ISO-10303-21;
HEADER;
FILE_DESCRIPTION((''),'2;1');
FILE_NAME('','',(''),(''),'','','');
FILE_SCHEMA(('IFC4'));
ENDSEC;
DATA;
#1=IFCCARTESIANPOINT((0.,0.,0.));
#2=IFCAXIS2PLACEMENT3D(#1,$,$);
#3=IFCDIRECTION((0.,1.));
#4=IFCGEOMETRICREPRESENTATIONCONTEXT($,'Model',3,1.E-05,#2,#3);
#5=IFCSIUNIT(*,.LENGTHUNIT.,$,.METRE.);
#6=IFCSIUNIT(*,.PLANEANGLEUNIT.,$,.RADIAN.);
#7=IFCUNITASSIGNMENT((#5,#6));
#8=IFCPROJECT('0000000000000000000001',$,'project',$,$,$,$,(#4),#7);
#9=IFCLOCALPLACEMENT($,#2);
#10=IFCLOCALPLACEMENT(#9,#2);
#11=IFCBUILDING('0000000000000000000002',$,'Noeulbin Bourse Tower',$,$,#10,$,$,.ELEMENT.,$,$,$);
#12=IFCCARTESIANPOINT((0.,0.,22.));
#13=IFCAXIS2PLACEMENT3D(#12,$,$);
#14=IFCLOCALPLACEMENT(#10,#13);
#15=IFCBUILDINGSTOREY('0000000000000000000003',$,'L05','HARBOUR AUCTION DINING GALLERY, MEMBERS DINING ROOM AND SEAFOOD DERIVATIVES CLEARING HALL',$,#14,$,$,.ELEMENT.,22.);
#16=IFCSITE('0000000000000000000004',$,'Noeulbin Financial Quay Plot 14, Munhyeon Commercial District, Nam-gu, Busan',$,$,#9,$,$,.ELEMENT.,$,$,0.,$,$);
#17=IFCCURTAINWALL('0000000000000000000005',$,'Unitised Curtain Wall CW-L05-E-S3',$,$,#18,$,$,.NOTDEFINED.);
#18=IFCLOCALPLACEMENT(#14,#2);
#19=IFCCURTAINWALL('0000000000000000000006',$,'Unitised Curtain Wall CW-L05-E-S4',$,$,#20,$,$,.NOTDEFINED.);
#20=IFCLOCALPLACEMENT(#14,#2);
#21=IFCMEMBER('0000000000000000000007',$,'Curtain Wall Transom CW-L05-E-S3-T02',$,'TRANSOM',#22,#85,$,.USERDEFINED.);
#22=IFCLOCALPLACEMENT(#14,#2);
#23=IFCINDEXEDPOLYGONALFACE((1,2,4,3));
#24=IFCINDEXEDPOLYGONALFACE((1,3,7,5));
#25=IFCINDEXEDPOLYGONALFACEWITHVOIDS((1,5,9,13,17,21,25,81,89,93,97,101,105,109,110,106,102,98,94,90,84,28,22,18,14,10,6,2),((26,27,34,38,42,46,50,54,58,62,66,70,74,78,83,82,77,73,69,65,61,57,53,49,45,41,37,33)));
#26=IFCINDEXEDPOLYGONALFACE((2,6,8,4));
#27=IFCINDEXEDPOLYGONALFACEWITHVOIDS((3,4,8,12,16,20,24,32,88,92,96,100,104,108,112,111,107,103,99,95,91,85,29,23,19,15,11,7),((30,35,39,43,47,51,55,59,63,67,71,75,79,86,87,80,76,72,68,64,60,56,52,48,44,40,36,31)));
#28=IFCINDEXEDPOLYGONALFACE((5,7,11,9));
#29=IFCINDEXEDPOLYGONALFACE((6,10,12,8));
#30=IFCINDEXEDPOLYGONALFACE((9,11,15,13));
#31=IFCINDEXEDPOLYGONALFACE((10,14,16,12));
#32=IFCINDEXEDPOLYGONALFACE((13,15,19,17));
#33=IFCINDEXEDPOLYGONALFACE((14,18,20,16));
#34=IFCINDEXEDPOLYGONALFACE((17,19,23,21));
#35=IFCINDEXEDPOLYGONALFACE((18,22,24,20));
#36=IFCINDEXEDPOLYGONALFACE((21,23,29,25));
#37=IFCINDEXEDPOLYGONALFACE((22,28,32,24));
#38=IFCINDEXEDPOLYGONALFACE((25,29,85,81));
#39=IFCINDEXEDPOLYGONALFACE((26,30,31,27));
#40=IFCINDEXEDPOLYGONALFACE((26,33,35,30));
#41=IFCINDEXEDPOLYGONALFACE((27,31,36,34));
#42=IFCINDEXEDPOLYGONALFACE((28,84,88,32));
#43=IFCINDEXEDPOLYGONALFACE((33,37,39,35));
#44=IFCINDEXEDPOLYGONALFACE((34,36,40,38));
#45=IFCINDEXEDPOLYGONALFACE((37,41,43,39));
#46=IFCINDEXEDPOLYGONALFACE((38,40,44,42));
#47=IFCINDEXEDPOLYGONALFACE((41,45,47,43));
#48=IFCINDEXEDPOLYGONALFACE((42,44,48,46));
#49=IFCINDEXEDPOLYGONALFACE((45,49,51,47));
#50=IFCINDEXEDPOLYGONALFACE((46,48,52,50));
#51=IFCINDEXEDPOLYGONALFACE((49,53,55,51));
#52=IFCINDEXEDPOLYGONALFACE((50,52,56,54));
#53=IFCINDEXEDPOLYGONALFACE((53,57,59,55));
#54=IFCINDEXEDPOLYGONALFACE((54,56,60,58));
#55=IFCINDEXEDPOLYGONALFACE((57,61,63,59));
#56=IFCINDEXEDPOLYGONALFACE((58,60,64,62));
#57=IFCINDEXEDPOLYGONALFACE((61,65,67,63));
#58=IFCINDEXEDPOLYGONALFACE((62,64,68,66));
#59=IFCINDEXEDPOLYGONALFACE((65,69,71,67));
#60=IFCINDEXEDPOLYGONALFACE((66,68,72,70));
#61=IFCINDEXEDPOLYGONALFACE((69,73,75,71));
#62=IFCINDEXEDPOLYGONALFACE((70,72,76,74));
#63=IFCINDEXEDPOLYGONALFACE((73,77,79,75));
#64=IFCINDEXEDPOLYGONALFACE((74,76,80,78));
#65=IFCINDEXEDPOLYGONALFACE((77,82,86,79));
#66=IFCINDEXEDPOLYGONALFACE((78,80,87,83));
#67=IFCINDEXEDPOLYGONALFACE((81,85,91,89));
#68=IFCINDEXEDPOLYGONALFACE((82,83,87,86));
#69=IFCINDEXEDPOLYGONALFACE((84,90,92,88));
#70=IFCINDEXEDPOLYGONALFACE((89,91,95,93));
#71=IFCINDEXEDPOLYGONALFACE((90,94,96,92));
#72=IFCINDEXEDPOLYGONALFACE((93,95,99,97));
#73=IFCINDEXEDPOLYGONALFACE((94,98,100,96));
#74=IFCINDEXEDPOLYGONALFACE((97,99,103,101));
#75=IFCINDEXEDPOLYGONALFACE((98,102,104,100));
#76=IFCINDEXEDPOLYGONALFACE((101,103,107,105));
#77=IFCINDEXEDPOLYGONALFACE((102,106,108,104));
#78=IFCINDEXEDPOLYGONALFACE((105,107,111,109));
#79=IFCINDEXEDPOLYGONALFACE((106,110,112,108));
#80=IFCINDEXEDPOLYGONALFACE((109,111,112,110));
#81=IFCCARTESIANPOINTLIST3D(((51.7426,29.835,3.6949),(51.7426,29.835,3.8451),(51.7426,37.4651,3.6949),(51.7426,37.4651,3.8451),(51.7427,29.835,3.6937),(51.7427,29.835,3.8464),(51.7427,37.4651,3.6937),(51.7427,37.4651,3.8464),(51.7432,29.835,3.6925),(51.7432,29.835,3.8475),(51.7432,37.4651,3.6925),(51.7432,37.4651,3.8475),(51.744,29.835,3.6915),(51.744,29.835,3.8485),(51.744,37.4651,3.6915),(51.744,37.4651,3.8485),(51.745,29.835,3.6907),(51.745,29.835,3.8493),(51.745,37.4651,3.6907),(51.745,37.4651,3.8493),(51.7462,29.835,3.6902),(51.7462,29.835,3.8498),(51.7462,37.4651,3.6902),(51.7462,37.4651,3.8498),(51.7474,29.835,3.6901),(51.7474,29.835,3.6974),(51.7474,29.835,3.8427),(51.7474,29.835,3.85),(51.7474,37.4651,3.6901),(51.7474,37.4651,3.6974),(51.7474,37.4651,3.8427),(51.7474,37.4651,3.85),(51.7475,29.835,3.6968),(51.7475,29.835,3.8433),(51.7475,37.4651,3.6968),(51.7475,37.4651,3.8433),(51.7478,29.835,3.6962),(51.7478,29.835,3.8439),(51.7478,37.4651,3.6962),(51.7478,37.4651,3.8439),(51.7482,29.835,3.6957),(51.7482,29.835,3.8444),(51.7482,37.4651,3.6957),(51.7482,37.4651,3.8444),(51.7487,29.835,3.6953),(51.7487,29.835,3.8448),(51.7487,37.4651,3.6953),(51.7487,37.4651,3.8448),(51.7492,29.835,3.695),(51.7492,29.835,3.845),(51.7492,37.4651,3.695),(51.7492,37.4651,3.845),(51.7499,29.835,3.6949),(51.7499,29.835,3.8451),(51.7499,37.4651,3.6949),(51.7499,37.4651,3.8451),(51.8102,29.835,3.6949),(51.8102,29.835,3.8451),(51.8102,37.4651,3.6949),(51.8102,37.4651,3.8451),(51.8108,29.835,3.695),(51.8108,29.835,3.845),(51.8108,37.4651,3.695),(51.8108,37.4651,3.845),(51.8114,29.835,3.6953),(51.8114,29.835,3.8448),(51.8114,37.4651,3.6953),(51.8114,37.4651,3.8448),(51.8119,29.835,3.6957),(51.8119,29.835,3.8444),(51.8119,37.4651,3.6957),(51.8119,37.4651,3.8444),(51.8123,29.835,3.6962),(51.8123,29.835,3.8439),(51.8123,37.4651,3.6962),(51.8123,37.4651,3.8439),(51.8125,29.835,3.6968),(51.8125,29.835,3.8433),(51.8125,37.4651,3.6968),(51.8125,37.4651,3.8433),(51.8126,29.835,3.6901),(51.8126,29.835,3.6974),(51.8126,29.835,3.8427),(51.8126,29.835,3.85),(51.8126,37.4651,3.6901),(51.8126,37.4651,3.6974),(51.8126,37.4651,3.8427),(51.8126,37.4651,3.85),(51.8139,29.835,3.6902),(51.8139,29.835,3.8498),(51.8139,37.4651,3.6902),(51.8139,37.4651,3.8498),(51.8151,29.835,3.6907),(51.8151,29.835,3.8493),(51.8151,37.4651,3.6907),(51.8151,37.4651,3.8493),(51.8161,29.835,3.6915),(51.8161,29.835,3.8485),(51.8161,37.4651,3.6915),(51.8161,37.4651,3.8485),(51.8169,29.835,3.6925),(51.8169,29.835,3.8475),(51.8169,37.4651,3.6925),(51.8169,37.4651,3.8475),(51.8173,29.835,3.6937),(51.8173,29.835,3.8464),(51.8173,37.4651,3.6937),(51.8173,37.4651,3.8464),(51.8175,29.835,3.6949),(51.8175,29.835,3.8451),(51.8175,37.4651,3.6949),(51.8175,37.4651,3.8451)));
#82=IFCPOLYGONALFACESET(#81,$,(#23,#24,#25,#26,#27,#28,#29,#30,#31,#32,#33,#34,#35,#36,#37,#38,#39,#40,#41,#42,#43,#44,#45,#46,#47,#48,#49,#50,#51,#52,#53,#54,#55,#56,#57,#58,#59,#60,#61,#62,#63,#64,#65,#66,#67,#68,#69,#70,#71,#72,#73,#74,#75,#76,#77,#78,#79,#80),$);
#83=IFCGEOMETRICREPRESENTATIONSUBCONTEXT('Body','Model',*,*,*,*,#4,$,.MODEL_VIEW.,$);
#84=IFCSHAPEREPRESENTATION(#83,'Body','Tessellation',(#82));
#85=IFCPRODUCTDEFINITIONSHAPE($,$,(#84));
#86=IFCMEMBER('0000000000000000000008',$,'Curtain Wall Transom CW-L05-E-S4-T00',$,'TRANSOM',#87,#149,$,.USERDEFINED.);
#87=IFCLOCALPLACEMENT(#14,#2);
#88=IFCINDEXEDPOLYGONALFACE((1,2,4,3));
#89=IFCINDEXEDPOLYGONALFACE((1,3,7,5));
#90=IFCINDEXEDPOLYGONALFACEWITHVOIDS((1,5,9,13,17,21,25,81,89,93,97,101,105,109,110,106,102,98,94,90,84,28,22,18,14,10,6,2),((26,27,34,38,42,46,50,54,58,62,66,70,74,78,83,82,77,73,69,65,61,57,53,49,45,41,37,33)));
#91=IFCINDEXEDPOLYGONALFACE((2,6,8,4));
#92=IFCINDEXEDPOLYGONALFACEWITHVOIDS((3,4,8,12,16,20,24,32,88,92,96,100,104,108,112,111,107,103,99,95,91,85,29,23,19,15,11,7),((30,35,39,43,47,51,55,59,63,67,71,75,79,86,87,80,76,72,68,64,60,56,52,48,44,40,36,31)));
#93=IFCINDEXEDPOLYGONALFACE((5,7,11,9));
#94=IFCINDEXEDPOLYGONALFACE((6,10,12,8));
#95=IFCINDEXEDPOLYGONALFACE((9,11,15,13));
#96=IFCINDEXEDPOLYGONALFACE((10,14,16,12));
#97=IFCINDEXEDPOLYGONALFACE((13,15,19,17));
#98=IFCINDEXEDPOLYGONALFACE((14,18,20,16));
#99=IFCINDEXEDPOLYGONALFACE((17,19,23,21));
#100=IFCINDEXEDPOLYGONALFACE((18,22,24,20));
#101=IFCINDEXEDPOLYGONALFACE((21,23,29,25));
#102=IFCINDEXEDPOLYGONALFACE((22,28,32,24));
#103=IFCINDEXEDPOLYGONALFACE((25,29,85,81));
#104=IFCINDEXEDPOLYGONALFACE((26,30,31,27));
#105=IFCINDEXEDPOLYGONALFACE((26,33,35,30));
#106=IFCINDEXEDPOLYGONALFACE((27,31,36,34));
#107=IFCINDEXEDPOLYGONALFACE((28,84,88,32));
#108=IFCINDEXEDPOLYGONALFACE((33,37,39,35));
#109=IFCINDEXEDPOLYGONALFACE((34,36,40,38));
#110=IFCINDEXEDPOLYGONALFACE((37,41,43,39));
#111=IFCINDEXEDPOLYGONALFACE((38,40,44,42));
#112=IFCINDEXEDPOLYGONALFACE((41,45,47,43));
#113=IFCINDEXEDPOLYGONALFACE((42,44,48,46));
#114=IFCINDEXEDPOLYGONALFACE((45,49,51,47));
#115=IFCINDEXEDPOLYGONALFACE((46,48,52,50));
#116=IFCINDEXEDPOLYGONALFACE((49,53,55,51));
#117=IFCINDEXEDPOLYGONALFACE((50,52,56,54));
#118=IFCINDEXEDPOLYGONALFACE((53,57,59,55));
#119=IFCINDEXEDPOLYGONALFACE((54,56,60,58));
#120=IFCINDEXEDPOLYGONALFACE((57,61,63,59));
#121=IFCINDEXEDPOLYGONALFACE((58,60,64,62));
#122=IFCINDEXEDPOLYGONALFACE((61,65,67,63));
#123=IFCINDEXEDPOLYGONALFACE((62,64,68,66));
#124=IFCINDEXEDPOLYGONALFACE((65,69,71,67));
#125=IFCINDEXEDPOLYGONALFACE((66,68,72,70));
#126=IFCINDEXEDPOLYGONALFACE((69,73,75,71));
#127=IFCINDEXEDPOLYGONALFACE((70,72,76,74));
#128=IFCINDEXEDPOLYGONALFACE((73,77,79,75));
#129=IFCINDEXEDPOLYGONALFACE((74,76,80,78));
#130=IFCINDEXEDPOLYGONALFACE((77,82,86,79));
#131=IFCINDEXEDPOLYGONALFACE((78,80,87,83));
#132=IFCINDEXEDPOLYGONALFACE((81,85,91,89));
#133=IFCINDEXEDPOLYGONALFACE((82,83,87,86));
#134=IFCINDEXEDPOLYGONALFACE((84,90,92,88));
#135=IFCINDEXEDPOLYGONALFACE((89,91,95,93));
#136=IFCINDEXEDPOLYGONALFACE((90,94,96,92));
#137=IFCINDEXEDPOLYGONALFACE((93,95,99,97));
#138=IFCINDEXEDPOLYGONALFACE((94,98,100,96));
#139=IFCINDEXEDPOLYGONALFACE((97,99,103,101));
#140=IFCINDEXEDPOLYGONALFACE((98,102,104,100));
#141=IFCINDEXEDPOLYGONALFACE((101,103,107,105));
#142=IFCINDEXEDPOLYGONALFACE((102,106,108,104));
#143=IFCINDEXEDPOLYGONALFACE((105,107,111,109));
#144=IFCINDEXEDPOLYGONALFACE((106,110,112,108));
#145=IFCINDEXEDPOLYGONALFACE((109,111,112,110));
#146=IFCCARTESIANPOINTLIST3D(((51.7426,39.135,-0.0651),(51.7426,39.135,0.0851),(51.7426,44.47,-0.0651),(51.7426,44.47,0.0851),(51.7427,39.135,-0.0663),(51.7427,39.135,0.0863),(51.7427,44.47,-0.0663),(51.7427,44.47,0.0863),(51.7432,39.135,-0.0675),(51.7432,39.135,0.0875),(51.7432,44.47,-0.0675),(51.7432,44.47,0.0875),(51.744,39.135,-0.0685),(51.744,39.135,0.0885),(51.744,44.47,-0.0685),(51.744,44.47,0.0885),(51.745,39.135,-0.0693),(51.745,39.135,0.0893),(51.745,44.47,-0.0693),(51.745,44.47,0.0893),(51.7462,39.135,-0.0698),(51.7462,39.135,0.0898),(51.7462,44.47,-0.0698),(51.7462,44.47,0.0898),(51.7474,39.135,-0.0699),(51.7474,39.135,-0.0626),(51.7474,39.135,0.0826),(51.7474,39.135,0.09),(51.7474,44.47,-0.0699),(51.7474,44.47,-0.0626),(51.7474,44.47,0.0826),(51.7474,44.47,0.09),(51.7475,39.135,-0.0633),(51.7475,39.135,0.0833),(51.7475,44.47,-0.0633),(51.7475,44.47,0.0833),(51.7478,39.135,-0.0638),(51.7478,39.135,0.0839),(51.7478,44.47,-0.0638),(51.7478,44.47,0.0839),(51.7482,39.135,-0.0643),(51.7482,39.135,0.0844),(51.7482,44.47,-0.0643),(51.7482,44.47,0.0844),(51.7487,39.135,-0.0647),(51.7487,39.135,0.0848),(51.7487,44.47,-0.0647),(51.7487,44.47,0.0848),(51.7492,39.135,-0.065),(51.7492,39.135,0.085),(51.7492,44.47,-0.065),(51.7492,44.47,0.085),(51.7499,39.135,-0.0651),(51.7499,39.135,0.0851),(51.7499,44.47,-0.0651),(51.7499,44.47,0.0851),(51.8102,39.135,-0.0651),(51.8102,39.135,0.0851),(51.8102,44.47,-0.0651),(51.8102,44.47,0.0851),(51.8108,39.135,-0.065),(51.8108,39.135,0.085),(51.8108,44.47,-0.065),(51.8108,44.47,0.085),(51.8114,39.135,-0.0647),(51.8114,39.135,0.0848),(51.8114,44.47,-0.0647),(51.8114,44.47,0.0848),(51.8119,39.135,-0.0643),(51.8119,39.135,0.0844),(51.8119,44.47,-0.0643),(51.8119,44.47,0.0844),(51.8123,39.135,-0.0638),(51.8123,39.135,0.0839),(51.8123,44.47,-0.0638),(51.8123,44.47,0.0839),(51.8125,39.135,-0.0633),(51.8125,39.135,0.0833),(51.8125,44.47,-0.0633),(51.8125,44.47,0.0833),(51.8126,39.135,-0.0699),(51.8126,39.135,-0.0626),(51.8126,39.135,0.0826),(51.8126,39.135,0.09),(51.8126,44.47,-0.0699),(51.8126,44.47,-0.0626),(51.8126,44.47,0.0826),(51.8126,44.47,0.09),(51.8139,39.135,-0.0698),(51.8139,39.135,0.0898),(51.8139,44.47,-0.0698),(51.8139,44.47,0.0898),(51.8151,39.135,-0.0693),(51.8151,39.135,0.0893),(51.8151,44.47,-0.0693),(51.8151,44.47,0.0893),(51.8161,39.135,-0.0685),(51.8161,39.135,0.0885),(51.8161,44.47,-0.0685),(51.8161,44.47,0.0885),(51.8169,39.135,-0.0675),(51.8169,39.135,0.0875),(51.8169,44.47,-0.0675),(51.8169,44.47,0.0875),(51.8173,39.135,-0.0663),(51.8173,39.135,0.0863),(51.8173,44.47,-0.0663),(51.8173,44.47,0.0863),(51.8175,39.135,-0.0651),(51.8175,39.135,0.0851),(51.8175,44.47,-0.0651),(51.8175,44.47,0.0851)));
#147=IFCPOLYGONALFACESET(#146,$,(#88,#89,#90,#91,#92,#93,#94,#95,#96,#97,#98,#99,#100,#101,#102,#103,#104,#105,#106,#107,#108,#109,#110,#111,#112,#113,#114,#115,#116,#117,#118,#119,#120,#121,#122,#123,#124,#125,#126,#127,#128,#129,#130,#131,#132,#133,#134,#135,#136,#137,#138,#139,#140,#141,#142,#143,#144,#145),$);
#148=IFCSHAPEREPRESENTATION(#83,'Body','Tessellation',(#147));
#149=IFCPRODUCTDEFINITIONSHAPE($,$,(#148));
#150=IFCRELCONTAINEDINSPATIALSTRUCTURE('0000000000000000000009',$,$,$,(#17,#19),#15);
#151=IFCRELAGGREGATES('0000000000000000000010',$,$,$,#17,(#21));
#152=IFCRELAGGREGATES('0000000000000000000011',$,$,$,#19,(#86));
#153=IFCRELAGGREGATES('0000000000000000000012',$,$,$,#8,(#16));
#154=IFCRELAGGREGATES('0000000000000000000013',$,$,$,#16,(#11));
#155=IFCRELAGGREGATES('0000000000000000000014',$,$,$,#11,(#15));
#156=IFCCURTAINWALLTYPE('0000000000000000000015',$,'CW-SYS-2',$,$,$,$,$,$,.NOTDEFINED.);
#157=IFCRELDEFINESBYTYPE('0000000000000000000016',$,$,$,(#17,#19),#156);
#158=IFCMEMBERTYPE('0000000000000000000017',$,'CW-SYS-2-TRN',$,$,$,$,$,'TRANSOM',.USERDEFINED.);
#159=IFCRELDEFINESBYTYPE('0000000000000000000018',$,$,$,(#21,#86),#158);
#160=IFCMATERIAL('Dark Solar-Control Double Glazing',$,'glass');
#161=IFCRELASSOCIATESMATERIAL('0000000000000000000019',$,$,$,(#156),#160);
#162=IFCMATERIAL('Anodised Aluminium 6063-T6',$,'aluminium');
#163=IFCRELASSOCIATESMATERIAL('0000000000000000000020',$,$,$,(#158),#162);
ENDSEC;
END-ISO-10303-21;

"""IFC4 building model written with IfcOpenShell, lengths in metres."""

from ifc_helpers import new_model, si_unit, direction, frame, origin, origin_2d, place, context, subcontext, project, spatial, hollow_rectangle, extrude, material, material_profile, profile_set, type_object, element, aggregate, save


model = new_model("IFC4")

# Units and contexts
model_context = context("Model", 3, precision=1e-05, world=origin(), true_north=direction((0.0, 1.0)))
body_context = subcontext(model_context, "Body", "Model", "MODEL_VIEW")
ifc_project = project(units=[si_unit("LENGTHUNIT", "METRE"), si_unit("PLANEANGLEUNIT", "RADIAN")], contexts=[model_context])

# Site, building, storey
site_placement = place(None, origin())
site = spatial("IfcSite", under=ifc_project, at=site_placement, Name="Noeulbin Financial Quay Plot 14, Munhyeon Commercial District, Nam-gu, Busan", CompositionType="ELEMENT", RefElevation=0.0)
building_placement = place(site_placement, origin())
building = spatial("IfcBuilding", under=site, at=building_placement, Name="Noeulbin Bourse Tower", CompositionType="ELEMENT")
storey_placement = place(building_placement, frame((0.0, 0.0, 22.0)))
storey = spatial("IfcBuildingStorey", under=building, at=storey_placement, Name="L05", Description="HARBOUR AUCTION DINING GALLERY, MEMBERS DINING ROOM AND SEAFOOD DERIVATIVES CLEARING HALL", CompositionType="ELEMENT", Elevation=22.0)

# Shared definitions
ifc_material_1 = material(Name="Anodised Aluminium 6063-T6", Category="aluminium")

# Shared definitions
ifc_material_2 = material(Name="Dark Solar-Control Double Glazing", Category="glass")
curtain_wall_type_1 = type_object("IfcCurtainWallType", Name="CW-SYS-2", PredefinedType="NOTDEFINED", material=ifc_material_2)

# Curtain walls
curtain_wall_1_placement = place(storey_placement, origin())
curtain_wall_1 = element("IfcCurtainWall", 1, at=curtain_wall_1_placement, inside=storey, type_object=curtain_wall_type_1, Name="Unitised Curtain Wall CW-L05-E-S3", PredefinedType="NOTDEFINED")
curtain_wall_2_placement = place(storey_placement, origin())
curtain_wall_2 = element("IfcCurtainWall", 2, at=curtain_wall_2_placement, inside=storey, type_object=curtain_wall_type_1, Name="Unitised Curtain Wall CW-L05-E-S4", PredefinedType="NOTDEFINED")

# Members
ifc_material_profile_1 = material_profile(ifc_material_1, hollow_rectangle(XDim=0.075, YDim=0.1599, WallThickness=0.0049, InnerFilletRadius=0.0024, OuterFilletRadius=0.0049, at=origin_2d()), Name="ALU-TRAN-75x160x5", Category="LoadBearing")
ifc_profile_set_1 = profile_set([ifc_material_profile_1], Name="Anodised Aluminium 6063-T6")
member_type_1 = type_object("IfcMemberType", Name="CW-SYS-2-TRN", ElementType="TRANSOM", PredefinedType="USERDEFINED", material=ifc_profile_set_1)
member_1_placement = place(storey_placement, frame((51.78, 29.835, 3.77), z_axis=(0.0, 1.0, 0.0), x_axis=(-1.0, 0.0, 0.0)))
member_1 = element("IfcMember", 3, at=member_1_placement, type_object=member_type_1, Name="Curtain Wall Transom CW-L05-E-S3-T02", ObjectType="TRANSOM", PredefinedType="USERDEFINED", context=body_context, shape_type="SweptSolid", body=[
    extrude(hollow_rectangle(XDim=0.075, YDim=0.1599, WallThickness=0.0049, InnerFilletRadius=0.0024, OuterFilletRadius=0.0049, at=origin_2d()), origin(), (0.0, 0.0, 1.0), 7.6301),
])
member_2_placement = place(storey_placement, frame((51.78, 39.135, 0.01), z_axis=(0.0, 1.0, 0.0), x_axis=(-1.0, 0.0, 0.0)))
member_2 = element("IfcMember", 4, at=member_2_placement, type_object=member_type_1, Name="Curtain Wall Transom CW-L05-E-S4-T00", ObjectType="TRANSOM", PredefinedType="USERDEFINED", context=body_context, shape_type="SweptSolid", body=[
    extrude(hollow_rectangle(XDim=0.075, YDim=0.1599, WallThickness=0.0049, InnerFilletRadius=0.0024, OuterFilletRadius=0.0049, at=origin_2d()), origin(), (0.0, 0.0, 1.0), 5.335),
])

aggregate(curtain_wall_1, [member_1])
aggregate(curtain_wall_2, [member_2])

save(model, "model.ifc")
